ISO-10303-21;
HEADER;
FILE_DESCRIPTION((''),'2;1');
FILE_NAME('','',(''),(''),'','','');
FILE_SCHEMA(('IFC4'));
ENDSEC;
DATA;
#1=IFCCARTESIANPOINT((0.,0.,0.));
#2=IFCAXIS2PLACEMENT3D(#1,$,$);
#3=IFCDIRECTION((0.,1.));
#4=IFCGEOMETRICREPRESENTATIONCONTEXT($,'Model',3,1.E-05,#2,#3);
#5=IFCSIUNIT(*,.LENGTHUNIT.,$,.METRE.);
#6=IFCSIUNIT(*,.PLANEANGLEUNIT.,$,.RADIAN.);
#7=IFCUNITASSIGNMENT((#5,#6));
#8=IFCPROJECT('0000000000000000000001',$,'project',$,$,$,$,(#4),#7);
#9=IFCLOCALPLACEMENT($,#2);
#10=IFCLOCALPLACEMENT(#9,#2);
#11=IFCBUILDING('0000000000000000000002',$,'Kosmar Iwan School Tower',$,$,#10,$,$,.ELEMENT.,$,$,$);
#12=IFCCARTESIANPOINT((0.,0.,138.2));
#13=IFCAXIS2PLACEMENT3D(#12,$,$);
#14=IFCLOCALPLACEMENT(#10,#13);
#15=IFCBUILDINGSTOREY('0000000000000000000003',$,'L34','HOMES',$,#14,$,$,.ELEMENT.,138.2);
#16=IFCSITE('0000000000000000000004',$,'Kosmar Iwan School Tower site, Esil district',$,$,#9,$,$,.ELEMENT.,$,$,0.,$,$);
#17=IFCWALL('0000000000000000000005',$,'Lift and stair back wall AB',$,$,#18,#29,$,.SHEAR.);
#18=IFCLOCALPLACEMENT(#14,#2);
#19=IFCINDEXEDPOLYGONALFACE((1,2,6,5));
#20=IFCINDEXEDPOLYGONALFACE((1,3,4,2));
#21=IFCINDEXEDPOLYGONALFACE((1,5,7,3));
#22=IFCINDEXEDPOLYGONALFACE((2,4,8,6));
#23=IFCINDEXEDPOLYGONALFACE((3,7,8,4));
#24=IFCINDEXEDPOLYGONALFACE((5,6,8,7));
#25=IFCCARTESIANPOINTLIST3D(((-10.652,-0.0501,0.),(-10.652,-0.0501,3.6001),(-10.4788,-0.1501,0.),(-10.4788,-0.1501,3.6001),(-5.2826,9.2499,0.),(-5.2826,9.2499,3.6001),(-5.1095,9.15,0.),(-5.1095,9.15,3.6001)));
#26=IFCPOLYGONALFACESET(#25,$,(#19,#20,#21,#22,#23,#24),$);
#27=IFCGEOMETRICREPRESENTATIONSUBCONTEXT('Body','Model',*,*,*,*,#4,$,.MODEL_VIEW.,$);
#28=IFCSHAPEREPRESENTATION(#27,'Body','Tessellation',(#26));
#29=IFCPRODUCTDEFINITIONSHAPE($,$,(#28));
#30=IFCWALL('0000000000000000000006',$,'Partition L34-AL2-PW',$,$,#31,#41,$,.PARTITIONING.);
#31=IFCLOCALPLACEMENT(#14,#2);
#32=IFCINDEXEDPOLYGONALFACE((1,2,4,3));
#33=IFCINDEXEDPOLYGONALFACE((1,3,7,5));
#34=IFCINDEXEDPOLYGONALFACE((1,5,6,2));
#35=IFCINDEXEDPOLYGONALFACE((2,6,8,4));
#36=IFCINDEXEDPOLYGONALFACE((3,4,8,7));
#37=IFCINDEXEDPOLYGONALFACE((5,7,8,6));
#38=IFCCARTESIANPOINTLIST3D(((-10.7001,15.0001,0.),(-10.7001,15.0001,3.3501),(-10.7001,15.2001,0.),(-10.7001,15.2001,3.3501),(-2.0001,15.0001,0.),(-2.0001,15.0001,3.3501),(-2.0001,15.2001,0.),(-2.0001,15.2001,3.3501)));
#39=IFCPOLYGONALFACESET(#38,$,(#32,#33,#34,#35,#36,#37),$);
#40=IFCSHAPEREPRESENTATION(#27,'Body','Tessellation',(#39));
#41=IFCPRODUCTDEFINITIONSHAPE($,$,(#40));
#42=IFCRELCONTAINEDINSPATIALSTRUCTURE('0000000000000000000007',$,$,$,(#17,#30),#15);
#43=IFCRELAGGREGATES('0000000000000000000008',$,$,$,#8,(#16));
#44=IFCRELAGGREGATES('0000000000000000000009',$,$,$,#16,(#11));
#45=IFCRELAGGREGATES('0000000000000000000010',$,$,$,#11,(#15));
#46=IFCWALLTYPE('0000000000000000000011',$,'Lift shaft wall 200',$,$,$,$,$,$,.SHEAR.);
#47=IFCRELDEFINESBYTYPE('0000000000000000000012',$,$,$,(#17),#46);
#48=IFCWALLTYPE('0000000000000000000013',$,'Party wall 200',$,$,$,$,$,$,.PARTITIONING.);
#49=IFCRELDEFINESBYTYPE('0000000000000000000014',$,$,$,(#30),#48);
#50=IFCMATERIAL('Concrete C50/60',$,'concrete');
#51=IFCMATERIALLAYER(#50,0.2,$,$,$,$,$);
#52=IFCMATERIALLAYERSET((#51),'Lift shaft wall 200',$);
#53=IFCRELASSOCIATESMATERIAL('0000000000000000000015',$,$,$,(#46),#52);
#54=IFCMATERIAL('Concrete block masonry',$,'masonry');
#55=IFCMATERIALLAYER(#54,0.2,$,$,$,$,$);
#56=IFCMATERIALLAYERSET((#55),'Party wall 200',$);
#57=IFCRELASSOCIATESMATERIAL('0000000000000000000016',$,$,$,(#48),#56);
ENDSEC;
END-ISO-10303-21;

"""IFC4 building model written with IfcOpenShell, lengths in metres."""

from ifc_helpers import new_model, si_unit, direction, frame, frame_2d, origin, place, context, subcontext, project, spatial, rectangle, extrude, material, layer, layer_set, type_object, element, save


model = new_model("IFC4")

# Units and contexts
model_context = context("Model", 3, precision=1e-05, world=origin(), true_north=direction((0.0, 1.0)))
body_context = subcontext(model_context, "Body", "Model", "MODEL_VIEW")
ifc_project = project(units=[si_unit("LENGTHUNIT", "METRE"), si_unit("PLANEANGLEUNIT", "RADIAN")], contexts=[model_context])

# Site, building, storey
site_placement = place(None, origin())
site = spatial("IfcSite", under=ifc_project, at=site_placement, Name="Kosmar Iwan School Tower site, Esil district", CompositionType="ELEMENT", RefElevation=0.0)
building_placement = place(site_placement, origin())
building = spatial("IfcBuilding", under=site, at=building_placement, Name="Kosmar Iwan School Tower", CompositionType="ELEMENT")
storey_placement = place(building_placement, frame((0.0, 0.0, 138.2)))
storey = spatial("IfcBuildingStorey", under=building, at=storey_placement, Name="L34", Description="HOMES", CompositionType="ELEMENT", Elevation=138.2)

# Walls
ifc_material_1 = material(Name="Concrete C50/60", Category="concrete")
ifc_layer_1 = layer(ifc_material_1, 0.2)
ifc_layer_set_1 = layer_set([ifc_layer_1], Name="Lift shaft wall 200")
wall_type_1 = type_object("IfcWallType", Name="Lift shaft wall 200", PredefinedType="SHEAR", material=ifc_layer_set_1)
wall_1_placement = place(storey_placement, frame((-5.196, 9.2, 0.0), z_axis=(0.0, 0.0, 1.0), x_axis=(-0.5, -0.866025, 0.0)))
element("IfcWall", 1, at=wall_1_placement, inside=storey, type_object=wall_type_1, Name="Lift and stair back wall AB", PredefinedType="SHEAR", context=body_context, shape_type="SweptSolid", body=[
    extrude(rectangle(XDim=10.7388, YDim=0.2, at=frame_2d((5.3694, 0.0))), origin(), (0.0, 0.0, 1.0), 3.6001),
])
ifc_material_2 = material(Name="Concrete block masonry", Category="masonry")
ifc_layer_2 = layer(ifc_material_2, 0.2)
ifc_layer_set_2 = layer_set([ifc_layer_2], Name="Party wall 200")
wall_type_2 = type_object("IfcWallType", Name="Party wall 200", PredefinedType="PARTITIONING", material=ifc_layer_set_2)
wall_2_placement = place(storey_placement, frame((-2.0, 15.1001, 0.0), z_axis=(0.0, 0.0, 1.0), x_axis=(-1.0, 0.0, 0.0)))
element("IfcWall", 2, at=wall_2_placement, inside=storey, type_object=wall_type_2, Name="Partition L34-AL2-PW", PredefinedType="PARTITIONING", context=body_context, shape_type="SweptSolid", body=[
    extrude(rectangle(XDim=8.7, YDim=0.2, at=frame_2d((4.3501, 0.0))), origin(), (0.0, 0.0, 1.0), 3.3501),
])

save(model, "model.ifc")
